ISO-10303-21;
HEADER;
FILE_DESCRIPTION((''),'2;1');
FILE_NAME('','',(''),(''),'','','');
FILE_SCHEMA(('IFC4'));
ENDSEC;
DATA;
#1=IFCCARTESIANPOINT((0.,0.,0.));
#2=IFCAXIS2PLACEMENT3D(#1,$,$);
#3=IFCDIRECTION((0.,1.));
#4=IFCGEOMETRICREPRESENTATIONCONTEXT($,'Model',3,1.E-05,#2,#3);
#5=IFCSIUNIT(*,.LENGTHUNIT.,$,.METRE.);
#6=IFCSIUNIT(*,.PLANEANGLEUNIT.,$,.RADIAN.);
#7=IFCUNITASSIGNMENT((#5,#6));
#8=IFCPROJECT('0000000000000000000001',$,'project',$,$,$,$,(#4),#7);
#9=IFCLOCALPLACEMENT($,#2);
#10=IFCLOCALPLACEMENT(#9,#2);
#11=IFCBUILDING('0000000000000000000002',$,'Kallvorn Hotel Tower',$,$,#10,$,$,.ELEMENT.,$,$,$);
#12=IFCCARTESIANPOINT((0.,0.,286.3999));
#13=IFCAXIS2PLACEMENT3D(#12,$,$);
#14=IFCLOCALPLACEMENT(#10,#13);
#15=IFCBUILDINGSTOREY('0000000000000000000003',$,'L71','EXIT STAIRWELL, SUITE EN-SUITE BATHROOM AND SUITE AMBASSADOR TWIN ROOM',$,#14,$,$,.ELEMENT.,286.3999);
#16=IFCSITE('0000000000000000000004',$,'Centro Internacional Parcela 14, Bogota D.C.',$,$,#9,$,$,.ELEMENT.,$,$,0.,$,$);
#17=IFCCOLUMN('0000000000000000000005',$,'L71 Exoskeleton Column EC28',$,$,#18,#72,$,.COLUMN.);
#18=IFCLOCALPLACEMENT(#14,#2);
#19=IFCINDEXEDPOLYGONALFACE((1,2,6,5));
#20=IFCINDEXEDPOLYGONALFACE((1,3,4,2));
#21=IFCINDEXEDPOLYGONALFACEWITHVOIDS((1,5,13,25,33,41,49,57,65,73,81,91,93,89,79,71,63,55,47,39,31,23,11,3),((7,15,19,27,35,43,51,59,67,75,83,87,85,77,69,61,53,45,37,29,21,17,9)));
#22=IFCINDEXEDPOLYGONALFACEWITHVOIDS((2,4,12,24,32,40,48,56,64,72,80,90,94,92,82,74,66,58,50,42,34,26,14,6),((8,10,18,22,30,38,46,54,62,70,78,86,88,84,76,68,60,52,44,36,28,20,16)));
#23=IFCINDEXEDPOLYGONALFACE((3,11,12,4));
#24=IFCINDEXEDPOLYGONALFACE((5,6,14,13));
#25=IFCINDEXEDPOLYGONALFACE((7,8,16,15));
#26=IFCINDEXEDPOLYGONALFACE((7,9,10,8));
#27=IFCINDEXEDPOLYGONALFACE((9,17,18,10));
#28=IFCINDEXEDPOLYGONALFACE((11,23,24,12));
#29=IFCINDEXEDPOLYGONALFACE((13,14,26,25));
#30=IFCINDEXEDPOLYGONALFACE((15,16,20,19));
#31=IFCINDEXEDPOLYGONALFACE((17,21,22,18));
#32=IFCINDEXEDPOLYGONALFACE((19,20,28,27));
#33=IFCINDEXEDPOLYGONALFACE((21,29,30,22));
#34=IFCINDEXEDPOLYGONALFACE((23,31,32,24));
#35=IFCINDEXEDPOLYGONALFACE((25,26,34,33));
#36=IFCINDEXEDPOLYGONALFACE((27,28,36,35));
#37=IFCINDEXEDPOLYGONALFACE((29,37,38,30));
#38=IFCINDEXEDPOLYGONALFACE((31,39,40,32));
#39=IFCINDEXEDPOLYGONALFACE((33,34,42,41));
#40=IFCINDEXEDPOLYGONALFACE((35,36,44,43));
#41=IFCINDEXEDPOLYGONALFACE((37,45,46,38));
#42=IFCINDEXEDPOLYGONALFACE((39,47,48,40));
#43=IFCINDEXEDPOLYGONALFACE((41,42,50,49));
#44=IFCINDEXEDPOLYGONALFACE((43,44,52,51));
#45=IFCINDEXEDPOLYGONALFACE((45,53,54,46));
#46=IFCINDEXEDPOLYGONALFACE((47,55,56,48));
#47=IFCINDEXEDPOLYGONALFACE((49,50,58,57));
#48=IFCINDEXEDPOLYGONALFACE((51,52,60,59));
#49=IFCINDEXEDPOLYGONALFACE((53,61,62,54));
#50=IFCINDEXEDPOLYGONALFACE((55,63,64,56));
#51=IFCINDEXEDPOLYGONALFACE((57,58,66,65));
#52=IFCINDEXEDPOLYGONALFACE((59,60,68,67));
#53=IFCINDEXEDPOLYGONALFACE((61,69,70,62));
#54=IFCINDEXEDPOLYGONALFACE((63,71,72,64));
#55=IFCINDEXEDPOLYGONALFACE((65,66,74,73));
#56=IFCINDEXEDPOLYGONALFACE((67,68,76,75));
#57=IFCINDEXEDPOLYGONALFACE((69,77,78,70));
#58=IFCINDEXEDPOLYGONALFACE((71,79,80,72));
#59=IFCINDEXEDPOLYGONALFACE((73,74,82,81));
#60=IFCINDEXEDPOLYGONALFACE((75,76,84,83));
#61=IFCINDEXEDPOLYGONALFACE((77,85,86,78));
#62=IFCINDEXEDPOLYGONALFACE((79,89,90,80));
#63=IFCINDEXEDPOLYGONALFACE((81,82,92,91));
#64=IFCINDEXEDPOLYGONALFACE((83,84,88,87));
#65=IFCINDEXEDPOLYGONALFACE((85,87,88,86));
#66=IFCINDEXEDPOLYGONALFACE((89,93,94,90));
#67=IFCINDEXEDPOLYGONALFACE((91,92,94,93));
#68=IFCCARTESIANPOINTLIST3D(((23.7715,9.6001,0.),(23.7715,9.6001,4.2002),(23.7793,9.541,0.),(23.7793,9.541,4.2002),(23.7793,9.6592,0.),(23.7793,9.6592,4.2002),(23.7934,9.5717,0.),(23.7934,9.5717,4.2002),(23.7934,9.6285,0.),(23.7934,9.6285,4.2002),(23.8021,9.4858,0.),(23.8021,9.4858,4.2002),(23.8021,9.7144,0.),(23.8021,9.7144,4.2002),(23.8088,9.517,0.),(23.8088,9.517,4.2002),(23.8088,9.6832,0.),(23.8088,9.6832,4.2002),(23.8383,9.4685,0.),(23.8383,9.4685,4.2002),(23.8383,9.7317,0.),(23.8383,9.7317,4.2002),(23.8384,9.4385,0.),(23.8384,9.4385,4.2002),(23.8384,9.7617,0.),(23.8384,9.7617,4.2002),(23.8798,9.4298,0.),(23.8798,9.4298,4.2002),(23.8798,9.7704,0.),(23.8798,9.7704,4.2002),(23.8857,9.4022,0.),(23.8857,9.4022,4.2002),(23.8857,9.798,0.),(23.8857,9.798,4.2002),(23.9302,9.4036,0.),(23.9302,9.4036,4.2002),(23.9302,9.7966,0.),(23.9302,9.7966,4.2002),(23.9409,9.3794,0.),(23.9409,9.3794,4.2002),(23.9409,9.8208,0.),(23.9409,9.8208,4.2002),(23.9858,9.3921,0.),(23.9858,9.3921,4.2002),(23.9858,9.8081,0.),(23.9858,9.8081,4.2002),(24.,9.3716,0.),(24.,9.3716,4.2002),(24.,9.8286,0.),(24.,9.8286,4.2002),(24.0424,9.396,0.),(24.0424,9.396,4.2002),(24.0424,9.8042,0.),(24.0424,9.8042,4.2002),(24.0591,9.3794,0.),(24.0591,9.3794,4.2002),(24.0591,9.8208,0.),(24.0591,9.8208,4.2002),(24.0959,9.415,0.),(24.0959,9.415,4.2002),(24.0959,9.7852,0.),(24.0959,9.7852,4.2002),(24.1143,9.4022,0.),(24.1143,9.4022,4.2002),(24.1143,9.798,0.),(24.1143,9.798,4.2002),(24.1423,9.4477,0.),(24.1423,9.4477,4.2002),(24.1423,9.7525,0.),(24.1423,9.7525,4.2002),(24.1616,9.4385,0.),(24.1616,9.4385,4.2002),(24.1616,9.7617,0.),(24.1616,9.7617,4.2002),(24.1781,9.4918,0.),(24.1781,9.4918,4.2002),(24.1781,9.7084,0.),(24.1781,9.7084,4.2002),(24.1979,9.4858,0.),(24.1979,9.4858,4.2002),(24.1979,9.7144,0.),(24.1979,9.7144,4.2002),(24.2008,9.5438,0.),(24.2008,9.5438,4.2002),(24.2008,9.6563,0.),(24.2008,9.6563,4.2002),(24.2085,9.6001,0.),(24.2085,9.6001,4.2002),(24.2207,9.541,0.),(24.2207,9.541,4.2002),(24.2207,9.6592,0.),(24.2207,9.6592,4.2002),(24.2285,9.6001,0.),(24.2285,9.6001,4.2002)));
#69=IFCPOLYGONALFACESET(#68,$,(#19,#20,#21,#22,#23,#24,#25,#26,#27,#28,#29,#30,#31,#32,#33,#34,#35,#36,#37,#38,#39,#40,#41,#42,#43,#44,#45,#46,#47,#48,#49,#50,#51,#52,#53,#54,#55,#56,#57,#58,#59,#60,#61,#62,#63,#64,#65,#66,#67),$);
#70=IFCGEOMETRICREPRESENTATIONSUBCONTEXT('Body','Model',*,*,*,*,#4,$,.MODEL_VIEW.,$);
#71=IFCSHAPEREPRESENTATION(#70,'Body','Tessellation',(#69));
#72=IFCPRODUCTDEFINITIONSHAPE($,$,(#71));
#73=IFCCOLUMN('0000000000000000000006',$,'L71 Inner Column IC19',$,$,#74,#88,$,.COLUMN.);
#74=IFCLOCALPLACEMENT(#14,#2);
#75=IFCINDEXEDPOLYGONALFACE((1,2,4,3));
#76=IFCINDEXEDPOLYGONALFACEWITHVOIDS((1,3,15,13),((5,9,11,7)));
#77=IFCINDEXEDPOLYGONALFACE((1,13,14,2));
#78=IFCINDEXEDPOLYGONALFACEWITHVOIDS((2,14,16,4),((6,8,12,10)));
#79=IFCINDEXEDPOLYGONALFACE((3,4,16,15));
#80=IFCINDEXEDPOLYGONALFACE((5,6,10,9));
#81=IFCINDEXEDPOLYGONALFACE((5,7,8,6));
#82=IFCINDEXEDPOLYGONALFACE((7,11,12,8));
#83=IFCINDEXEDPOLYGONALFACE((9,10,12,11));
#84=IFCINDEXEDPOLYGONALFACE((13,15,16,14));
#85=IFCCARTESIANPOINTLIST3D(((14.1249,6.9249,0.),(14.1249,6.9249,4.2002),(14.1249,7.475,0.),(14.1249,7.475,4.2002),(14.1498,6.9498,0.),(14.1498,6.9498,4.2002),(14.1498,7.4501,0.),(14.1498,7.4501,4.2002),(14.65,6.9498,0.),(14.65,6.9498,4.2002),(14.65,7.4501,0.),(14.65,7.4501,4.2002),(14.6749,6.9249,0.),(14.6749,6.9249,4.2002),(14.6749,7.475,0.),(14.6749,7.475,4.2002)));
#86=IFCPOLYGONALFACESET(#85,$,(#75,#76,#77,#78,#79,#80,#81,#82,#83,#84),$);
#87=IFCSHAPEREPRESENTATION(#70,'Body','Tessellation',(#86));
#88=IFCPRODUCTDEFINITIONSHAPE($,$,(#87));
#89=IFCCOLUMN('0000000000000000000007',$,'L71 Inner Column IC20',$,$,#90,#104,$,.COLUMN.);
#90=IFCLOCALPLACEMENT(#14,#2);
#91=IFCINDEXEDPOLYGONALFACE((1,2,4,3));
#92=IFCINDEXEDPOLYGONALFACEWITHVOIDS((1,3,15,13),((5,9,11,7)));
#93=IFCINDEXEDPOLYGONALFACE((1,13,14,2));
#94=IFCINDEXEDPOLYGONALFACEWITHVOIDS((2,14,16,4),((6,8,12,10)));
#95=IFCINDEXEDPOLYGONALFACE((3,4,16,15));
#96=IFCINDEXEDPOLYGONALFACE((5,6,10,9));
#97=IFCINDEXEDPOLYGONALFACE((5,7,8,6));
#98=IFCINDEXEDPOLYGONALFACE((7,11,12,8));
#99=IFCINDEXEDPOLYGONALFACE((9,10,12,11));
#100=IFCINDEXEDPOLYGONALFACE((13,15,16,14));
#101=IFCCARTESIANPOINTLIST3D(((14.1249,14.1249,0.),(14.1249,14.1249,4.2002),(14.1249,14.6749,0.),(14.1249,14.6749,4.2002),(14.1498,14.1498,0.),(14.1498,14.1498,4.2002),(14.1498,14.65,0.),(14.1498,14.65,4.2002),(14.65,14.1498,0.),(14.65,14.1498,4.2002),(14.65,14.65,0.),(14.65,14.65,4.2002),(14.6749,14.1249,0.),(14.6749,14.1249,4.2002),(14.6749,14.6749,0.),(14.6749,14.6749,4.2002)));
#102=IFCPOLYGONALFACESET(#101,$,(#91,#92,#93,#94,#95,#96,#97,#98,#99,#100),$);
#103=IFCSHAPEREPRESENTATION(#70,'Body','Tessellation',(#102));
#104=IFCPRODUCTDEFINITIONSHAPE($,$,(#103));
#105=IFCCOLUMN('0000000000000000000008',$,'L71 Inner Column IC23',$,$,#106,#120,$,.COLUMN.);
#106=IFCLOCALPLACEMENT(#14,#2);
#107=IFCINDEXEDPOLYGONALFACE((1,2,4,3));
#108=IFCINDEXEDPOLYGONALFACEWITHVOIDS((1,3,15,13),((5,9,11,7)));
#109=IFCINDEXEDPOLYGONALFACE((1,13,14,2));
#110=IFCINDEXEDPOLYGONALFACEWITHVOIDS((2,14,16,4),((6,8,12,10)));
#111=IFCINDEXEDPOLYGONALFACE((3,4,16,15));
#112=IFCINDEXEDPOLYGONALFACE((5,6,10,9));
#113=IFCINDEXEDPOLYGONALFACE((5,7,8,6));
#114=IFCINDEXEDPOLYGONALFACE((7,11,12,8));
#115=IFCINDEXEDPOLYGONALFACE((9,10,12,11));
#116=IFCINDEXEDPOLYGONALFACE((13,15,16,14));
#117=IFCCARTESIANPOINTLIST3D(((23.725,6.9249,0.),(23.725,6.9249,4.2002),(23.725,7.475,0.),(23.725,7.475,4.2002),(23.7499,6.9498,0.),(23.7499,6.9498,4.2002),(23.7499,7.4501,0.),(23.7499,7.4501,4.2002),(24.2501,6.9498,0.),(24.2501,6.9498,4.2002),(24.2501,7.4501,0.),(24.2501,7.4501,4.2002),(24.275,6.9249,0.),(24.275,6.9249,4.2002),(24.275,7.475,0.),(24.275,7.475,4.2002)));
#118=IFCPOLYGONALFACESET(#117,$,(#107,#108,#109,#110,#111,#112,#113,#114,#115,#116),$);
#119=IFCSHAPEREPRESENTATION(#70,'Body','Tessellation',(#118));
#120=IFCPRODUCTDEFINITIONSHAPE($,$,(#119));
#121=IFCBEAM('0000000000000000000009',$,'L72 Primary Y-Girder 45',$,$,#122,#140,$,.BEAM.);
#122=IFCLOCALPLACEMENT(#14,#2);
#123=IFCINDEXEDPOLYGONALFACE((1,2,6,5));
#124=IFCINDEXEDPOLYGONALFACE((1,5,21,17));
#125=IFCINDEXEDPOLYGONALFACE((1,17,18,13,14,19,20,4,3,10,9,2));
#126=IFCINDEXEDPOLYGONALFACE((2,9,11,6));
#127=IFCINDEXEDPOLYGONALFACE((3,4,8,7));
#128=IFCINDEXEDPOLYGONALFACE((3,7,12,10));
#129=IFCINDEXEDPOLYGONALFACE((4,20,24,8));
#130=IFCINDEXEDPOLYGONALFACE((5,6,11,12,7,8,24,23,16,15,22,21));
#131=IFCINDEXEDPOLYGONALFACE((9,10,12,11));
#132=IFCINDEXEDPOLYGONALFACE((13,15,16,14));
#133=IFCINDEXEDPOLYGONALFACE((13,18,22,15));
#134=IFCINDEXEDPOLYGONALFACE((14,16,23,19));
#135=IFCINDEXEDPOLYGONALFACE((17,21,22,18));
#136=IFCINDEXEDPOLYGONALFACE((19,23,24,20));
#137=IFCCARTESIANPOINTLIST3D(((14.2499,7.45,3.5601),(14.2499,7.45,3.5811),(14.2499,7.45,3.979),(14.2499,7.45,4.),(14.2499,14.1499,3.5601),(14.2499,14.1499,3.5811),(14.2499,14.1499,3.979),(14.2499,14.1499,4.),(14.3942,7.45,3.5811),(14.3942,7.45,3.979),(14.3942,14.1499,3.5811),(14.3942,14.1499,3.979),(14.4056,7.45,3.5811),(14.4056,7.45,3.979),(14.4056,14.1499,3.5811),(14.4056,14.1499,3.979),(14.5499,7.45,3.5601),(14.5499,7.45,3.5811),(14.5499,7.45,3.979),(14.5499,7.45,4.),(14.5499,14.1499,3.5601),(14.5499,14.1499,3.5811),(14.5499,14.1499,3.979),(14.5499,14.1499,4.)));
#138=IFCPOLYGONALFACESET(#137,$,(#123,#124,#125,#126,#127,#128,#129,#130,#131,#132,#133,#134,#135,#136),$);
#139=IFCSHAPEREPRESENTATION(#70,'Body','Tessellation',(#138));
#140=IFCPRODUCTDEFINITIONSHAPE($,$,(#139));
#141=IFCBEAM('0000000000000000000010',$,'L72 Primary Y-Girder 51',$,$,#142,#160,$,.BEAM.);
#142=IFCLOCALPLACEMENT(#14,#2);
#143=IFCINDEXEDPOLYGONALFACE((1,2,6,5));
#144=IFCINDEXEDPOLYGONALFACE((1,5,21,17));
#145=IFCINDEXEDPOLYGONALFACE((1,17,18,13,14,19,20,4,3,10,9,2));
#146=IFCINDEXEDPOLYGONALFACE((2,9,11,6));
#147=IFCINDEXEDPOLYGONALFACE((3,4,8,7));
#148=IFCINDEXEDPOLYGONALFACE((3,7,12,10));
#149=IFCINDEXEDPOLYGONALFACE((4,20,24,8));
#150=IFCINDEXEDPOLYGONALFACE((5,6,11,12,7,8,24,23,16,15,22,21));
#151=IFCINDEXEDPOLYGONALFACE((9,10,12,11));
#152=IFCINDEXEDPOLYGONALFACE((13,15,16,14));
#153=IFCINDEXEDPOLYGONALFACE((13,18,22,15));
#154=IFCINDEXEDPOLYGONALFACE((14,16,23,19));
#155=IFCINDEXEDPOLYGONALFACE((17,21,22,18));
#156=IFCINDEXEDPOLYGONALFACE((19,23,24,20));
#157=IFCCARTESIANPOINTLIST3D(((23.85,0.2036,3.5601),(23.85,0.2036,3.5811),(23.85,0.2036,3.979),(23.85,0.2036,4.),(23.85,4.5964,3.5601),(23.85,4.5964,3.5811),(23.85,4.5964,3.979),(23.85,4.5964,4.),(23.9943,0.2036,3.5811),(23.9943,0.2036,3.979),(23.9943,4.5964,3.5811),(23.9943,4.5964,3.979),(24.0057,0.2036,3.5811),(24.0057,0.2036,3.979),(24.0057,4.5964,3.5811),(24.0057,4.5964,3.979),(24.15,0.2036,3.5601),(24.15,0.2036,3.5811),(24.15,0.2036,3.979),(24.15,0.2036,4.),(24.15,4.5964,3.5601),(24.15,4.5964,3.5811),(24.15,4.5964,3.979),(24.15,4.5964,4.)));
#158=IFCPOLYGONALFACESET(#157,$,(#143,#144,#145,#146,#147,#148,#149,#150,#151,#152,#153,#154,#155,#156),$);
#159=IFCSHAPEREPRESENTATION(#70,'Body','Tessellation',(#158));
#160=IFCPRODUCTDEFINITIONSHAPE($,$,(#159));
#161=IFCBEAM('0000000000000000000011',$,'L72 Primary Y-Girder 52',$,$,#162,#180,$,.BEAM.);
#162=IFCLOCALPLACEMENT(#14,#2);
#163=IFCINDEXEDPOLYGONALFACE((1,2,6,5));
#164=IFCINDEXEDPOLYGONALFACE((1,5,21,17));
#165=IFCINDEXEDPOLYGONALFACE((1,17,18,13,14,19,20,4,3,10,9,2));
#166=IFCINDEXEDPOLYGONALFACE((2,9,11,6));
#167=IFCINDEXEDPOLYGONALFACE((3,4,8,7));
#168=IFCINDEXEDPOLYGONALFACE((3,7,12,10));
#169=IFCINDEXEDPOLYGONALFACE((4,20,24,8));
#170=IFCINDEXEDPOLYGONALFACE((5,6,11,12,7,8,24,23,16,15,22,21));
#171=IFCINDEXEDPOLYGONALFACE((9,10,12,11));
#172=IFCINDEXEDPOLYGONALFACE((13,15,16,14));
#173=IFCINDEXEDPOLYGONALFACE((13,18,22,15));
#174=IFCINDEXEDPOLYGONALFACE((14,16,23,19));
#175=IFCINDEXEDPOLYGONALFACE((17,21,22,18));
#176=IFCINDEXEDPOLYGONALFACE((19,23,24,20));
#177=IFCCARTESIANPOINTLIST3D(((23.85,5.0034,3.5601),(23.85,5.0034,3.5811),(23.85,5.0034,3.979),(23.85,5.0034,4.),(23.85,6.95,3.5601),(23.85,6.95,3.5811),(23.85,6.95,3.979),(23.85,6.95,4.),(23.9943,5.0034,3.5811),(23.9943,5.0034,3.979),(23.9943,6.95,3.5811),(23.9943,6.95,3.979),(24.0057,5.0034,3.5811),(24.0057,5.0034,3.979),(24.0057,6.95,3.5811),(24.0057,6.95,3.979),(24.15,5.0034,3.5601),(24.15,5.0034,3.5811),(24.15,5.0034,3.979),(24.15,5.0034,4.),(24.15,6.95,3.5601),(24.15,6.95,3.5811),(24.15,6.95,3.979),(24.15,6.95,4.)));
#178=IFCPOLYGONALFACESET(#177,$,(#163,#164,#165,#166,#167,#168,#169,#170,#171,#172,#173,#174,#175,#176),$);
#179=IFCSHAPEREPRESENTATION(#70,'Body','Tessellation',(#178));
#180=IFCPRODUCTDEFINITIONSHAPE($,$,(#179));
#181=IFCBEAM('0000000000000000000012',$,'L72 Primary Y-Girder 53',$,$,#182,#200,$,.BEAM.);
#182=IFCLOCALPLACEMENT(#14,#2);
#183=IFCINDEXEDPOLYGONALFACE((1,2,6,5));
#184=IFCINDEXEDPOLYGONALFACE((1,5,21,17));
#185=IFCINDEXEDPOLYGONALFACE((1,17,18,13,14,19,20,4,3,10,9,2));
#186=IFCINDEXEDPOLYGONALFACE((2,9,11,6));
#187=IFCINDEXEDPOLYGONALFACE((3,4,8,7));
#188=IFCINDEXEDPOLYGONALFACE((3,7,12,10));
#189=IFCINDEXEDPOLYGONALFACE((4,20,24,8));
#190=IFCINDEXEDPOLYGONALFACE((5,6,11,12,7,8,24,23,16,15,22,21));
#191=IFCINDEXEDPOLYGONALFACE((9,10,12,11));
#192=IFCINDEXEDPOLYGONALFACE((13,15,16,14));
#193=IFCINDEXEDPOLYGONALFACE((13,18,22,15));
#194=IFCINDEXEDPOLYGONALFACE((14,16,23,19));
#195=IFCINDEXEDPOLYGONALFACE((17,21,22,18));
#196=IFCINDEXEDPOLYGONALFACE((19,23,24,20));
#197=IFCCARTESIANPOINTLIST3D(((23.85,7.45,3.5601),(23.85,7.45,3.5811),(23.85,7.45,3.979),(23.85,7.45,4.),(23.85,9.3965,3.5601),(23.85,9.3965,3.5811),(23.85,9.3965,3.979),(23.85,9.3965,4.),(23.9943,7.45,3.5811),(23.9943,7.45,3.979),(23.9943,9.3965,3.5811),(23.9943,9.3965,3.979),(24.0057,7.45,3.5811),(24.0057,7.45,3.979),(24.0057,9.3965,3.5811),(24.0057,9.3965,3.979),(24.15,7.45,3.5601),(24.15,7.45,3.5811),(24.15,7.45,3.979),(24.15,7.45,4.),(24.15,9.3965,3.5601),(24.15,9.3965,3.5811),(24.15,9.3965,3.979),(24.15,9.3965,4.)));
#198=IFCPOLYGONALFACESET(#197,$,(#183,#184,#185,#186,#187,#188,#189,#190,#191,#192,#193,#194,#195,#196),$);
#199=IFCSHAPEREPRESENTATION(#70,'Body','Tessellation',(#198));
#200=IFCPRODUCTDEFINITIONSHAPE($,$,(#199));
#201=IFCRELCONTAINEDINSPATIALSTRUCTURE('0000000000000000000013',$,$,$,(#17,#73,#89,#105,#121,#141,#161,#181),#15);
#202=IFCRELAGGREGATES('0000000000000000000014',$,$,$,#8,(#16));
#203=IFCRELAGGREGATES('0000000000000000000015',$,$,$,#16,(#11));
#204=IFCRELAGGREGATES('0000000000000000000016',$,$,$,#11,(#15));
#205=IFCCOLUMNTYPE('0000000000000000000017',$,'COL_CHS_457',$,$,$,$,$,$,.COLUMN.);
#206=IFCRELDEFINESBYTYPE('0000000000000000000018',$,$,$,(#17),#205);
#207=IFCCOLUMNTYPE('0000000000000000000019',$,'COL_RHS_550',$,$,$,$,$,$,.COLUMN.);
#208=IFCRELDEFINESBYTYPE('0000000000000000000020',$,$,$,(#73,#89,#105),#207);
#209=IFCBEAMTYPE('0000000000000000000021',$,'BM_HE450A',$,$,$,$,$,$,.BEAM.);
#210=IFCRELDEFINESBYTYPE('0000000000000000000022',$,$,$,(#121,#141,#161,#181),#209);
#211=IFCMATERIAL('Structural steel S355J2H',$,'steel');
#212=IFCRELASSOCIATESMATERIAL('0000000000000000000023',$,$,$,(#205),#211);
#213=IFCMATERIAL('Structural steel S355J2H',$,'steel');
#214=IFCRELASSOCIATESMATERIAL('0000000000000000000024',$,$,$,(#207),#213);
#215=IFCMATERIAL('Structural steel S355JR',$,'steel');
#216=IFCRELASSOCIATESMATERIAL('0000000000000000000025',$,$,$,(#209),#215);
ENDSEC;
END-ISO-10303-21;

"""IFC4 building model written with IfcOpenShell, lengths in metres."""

from ifc_helpers import new_model, si_unit, direction, frame, origin, origin_2d, place, context, subcontext, project, spatial, hollow_rectangle, hollow_circle, i_section, extrude, material, material_profile, profile_set, type_object, element, save


model = new_model("IFC4")

# Units and contexts
model_context = context("Model", 3, precision=1e-05, world=origin(), true_north=direction((0.0, 1.0)))
body_context = subcontext(model_context, "Body", "Model", "MODEL_VIEW")
ifc_project = project(units=[si_unit("LENGTHUNIT", "METRE"), si_unit("PLANEANGLEUNIT", "RADIAN")], contexts=[model_context])

# Site, building, storey
site_placement = place(None, origin())
site = spatial("IfcSite", under=ifc_project, at=site_placement, Name="Centro Internacional Parcela 14, Bogota D.C.", CompositionType="ELEMENT", RefElevation=0.0)
building_placement = place(site_placement, origin())
building = spatial("IfcBuilding", under=site, at=building_placement, Name="Kallvorn Hotel Tower", CompositionType="ELEMENT")
storey_placement = place(building_placement, frame((0.0, 0.0, 286.3999)))
storey = spatial("IfcBuildingStorey", under=building, at=storey_placement, Name="L71", Description="EXIT STAIRWELL, SUITE EN-SUITE BATHROOM AND SUITE AMBASSADOR TWIN ROOM", CompositionType="ELEMENT", Elevation=286.3999)

# Columns
ifc_material_1 = material(Name="Structural steel S355J2H", Category="steel")
ifc_material_profile_1 = material_profile(ifc_material_1, hollow_circle(Radius=0.2285, WallThickness=0.02, at=origin_2d()), Name="CHS 457x20")
ifc_profile_set_1 = profile_set([ifc_material_profile_1], Name="Structural steel S355J2H")
column_type_1 = type_object("IfcColumnType", Name="COL_CHS_457", PredefinedType="COLUMN", material=ifc_profile_set_1)
for number, where, z_axis, x_axis, name in (
    (1, (24.0, 9.6001, 0.0), (0.0, 0.0, 1.0), (1.0, 0.0, 0.0), "L71 Exoskeleton Column EC28"),
):
    element("IfcColumn", number, at=place(storey_placement, frame(where, z_axis=z_axis, x_axis=x_axis)), inside=storey, type_object=column_type_1, Name=name, PredefinedType="COLUMN", context=body_context, shape_type="SweptSolid", body=[
        extrude(hollow_circle(Radius=0.2285, WallThickness=0.02, at=origin_2d()), origin(), (0.0, 0.0, 1.0), 4.2002),
    ])
ifc_material_2 = material(Name="Structural steel S355J2H", Category="steel")
ifc_material_profile_2 = material_profile(ifc_material_2, hollow_rectangle(XDim=0.55, YDim=0.55, WallThickness=0.0249, at=origin_2d()), Name="RHS 550x550x25")
ifc_profile_set_2 = profile_set([ifc_material_profile_2], Name="Structural steel S355J2H")
column_type_2 = type_object("IfcColumnType", Name="COL_RHS_550", PredefinedType="COLUMN", material=ifc_profile_set_2)
for number, where, z_axis, x_axis, name in (
    (2, (14.3999, 7.2, 0.0), (0.0, 0.0, 1.0), (1.0, 0.0, 0.0), "L71 Inner Column IC19"),
    (3, (14.3999, 14.3999, 0.0), (0.0, 0.0, 1.0), (1.0, 0.0, 0.0), "L71 Inner Column IC20"),
    (4, (24.0, 7.2, 0.0), (0.0, 0.0, 1.0), (1.0, 0.0, 0.0), "L71 Inner Column IC23"),
):
    element("IfcColumn", number, at=place(storey_placement, frame(where, z_axis=z_axis, x_axis=x_axis)), inside=storey, type_object=column_type_2, Name=name, PredefinedType="COLUMN", context=body_context, shape_type="SweptSolid", body=[
        extrude(hollow_rectangle(XDim=0.55, YDim=0.55, WallThickness=0.0249, at=origin_2d()), origin(), (0.0, 0.0, 1.0), 4.2002),
    ])

# Beams
ifc_material_3 = material(Name="Structural steel S355JR", Category="steel")
ifc_material_profile_3 = material_profile(ifc_material_3, i_section(OverallWidth=0.3, OverallDepth=0.4399, WebThickness=0.0115, FlangeThickness=0.021, at=origin_2d()), Name="HE 450 A")
ifc_profile_set_3 = profile_set([ifc_material_profile_3], Name="Structural steel S355JR")
beam_type_1 = type_object("IfcBeamType", Name="BM_HE450A", PredefinedType="BEAM", material=ifc_profile_set_3)
beam_1_placement = place(storey_placement, frame((14.3999, 7.45, 3.78), z_axis=(0.0, 1.0, 0.0), x_axis=(-1.0, 0.0, 0.0)))
element("IfcBeam", 5, at=beam_1_placement, inside=storey, type_object=beam_type_1, Name="L72 Primary Y-Girder 45", PredefinedType="BEAM", context=body_context, shape_type="SweptSolid", body=[
    extrude(i_section(OverallWidth=0.3, OverallDepth=0.4399, WebThickness=0.0115, FlangeThickness=0.021, at=origin_2d()), origin(), (0.0, 0.0, 1.0), 6.7),
])
beam_2_placement = place(storey_placement, frame((24.0, 0.2036, 3.78), z_axis=(0.0, 1.0, 0.0), x_axis=(-1.0, 0.0, 0.0)))
element("IfcBeam", 6, at=beam_2_placement, inside=storey, type_object=beam_type_1, Name="L72 Primary Y-Girder 51", PredefinedType="BEAM", context=body_context, shape_type="SweptSolid", body=[
    extrude(i_section(OverallWidth=0.3, OverallDepth=0.4399, WebThickness=0.0115, FlangeThickness=0.021, at=origin_2d()), origin(), (0.0, 0.0, 1.0), 4.3928),
])
for number, where, z_axis, x_axis, name in (
    (7, (24.0, 5.0034, 3.78), (0.0, 1.0, 0.0), (-1.0, 0.0, 0.0), "L72 Primary Y-Girder 52"),
    (8, (24.0, 7.45, 3.78), (0.0, 1.0, 0.0), (-1.0, 0.0, 0.0), "L72 Primary Y-Girder 53"),
):
    element("IfcBeam", number, at=place(storey_placement, frame(where, z_axis=z_axis, x_axis=x_axis)), inside=storey, type_object=beam_type_1, Name=name, PredefinedType="BEAM", context=body_context, shape_type="SweptSolid", body=[
        extrude(i_section(OverallWidth=0.3, OverallDepth=0.4399, WebThickness=0.0115, FlangeThickness=0.021, at=origin_2d()), origin(), (0.0, 0.0, 1.0), 1.9465),
    ])

save(model, "model.ifc")
